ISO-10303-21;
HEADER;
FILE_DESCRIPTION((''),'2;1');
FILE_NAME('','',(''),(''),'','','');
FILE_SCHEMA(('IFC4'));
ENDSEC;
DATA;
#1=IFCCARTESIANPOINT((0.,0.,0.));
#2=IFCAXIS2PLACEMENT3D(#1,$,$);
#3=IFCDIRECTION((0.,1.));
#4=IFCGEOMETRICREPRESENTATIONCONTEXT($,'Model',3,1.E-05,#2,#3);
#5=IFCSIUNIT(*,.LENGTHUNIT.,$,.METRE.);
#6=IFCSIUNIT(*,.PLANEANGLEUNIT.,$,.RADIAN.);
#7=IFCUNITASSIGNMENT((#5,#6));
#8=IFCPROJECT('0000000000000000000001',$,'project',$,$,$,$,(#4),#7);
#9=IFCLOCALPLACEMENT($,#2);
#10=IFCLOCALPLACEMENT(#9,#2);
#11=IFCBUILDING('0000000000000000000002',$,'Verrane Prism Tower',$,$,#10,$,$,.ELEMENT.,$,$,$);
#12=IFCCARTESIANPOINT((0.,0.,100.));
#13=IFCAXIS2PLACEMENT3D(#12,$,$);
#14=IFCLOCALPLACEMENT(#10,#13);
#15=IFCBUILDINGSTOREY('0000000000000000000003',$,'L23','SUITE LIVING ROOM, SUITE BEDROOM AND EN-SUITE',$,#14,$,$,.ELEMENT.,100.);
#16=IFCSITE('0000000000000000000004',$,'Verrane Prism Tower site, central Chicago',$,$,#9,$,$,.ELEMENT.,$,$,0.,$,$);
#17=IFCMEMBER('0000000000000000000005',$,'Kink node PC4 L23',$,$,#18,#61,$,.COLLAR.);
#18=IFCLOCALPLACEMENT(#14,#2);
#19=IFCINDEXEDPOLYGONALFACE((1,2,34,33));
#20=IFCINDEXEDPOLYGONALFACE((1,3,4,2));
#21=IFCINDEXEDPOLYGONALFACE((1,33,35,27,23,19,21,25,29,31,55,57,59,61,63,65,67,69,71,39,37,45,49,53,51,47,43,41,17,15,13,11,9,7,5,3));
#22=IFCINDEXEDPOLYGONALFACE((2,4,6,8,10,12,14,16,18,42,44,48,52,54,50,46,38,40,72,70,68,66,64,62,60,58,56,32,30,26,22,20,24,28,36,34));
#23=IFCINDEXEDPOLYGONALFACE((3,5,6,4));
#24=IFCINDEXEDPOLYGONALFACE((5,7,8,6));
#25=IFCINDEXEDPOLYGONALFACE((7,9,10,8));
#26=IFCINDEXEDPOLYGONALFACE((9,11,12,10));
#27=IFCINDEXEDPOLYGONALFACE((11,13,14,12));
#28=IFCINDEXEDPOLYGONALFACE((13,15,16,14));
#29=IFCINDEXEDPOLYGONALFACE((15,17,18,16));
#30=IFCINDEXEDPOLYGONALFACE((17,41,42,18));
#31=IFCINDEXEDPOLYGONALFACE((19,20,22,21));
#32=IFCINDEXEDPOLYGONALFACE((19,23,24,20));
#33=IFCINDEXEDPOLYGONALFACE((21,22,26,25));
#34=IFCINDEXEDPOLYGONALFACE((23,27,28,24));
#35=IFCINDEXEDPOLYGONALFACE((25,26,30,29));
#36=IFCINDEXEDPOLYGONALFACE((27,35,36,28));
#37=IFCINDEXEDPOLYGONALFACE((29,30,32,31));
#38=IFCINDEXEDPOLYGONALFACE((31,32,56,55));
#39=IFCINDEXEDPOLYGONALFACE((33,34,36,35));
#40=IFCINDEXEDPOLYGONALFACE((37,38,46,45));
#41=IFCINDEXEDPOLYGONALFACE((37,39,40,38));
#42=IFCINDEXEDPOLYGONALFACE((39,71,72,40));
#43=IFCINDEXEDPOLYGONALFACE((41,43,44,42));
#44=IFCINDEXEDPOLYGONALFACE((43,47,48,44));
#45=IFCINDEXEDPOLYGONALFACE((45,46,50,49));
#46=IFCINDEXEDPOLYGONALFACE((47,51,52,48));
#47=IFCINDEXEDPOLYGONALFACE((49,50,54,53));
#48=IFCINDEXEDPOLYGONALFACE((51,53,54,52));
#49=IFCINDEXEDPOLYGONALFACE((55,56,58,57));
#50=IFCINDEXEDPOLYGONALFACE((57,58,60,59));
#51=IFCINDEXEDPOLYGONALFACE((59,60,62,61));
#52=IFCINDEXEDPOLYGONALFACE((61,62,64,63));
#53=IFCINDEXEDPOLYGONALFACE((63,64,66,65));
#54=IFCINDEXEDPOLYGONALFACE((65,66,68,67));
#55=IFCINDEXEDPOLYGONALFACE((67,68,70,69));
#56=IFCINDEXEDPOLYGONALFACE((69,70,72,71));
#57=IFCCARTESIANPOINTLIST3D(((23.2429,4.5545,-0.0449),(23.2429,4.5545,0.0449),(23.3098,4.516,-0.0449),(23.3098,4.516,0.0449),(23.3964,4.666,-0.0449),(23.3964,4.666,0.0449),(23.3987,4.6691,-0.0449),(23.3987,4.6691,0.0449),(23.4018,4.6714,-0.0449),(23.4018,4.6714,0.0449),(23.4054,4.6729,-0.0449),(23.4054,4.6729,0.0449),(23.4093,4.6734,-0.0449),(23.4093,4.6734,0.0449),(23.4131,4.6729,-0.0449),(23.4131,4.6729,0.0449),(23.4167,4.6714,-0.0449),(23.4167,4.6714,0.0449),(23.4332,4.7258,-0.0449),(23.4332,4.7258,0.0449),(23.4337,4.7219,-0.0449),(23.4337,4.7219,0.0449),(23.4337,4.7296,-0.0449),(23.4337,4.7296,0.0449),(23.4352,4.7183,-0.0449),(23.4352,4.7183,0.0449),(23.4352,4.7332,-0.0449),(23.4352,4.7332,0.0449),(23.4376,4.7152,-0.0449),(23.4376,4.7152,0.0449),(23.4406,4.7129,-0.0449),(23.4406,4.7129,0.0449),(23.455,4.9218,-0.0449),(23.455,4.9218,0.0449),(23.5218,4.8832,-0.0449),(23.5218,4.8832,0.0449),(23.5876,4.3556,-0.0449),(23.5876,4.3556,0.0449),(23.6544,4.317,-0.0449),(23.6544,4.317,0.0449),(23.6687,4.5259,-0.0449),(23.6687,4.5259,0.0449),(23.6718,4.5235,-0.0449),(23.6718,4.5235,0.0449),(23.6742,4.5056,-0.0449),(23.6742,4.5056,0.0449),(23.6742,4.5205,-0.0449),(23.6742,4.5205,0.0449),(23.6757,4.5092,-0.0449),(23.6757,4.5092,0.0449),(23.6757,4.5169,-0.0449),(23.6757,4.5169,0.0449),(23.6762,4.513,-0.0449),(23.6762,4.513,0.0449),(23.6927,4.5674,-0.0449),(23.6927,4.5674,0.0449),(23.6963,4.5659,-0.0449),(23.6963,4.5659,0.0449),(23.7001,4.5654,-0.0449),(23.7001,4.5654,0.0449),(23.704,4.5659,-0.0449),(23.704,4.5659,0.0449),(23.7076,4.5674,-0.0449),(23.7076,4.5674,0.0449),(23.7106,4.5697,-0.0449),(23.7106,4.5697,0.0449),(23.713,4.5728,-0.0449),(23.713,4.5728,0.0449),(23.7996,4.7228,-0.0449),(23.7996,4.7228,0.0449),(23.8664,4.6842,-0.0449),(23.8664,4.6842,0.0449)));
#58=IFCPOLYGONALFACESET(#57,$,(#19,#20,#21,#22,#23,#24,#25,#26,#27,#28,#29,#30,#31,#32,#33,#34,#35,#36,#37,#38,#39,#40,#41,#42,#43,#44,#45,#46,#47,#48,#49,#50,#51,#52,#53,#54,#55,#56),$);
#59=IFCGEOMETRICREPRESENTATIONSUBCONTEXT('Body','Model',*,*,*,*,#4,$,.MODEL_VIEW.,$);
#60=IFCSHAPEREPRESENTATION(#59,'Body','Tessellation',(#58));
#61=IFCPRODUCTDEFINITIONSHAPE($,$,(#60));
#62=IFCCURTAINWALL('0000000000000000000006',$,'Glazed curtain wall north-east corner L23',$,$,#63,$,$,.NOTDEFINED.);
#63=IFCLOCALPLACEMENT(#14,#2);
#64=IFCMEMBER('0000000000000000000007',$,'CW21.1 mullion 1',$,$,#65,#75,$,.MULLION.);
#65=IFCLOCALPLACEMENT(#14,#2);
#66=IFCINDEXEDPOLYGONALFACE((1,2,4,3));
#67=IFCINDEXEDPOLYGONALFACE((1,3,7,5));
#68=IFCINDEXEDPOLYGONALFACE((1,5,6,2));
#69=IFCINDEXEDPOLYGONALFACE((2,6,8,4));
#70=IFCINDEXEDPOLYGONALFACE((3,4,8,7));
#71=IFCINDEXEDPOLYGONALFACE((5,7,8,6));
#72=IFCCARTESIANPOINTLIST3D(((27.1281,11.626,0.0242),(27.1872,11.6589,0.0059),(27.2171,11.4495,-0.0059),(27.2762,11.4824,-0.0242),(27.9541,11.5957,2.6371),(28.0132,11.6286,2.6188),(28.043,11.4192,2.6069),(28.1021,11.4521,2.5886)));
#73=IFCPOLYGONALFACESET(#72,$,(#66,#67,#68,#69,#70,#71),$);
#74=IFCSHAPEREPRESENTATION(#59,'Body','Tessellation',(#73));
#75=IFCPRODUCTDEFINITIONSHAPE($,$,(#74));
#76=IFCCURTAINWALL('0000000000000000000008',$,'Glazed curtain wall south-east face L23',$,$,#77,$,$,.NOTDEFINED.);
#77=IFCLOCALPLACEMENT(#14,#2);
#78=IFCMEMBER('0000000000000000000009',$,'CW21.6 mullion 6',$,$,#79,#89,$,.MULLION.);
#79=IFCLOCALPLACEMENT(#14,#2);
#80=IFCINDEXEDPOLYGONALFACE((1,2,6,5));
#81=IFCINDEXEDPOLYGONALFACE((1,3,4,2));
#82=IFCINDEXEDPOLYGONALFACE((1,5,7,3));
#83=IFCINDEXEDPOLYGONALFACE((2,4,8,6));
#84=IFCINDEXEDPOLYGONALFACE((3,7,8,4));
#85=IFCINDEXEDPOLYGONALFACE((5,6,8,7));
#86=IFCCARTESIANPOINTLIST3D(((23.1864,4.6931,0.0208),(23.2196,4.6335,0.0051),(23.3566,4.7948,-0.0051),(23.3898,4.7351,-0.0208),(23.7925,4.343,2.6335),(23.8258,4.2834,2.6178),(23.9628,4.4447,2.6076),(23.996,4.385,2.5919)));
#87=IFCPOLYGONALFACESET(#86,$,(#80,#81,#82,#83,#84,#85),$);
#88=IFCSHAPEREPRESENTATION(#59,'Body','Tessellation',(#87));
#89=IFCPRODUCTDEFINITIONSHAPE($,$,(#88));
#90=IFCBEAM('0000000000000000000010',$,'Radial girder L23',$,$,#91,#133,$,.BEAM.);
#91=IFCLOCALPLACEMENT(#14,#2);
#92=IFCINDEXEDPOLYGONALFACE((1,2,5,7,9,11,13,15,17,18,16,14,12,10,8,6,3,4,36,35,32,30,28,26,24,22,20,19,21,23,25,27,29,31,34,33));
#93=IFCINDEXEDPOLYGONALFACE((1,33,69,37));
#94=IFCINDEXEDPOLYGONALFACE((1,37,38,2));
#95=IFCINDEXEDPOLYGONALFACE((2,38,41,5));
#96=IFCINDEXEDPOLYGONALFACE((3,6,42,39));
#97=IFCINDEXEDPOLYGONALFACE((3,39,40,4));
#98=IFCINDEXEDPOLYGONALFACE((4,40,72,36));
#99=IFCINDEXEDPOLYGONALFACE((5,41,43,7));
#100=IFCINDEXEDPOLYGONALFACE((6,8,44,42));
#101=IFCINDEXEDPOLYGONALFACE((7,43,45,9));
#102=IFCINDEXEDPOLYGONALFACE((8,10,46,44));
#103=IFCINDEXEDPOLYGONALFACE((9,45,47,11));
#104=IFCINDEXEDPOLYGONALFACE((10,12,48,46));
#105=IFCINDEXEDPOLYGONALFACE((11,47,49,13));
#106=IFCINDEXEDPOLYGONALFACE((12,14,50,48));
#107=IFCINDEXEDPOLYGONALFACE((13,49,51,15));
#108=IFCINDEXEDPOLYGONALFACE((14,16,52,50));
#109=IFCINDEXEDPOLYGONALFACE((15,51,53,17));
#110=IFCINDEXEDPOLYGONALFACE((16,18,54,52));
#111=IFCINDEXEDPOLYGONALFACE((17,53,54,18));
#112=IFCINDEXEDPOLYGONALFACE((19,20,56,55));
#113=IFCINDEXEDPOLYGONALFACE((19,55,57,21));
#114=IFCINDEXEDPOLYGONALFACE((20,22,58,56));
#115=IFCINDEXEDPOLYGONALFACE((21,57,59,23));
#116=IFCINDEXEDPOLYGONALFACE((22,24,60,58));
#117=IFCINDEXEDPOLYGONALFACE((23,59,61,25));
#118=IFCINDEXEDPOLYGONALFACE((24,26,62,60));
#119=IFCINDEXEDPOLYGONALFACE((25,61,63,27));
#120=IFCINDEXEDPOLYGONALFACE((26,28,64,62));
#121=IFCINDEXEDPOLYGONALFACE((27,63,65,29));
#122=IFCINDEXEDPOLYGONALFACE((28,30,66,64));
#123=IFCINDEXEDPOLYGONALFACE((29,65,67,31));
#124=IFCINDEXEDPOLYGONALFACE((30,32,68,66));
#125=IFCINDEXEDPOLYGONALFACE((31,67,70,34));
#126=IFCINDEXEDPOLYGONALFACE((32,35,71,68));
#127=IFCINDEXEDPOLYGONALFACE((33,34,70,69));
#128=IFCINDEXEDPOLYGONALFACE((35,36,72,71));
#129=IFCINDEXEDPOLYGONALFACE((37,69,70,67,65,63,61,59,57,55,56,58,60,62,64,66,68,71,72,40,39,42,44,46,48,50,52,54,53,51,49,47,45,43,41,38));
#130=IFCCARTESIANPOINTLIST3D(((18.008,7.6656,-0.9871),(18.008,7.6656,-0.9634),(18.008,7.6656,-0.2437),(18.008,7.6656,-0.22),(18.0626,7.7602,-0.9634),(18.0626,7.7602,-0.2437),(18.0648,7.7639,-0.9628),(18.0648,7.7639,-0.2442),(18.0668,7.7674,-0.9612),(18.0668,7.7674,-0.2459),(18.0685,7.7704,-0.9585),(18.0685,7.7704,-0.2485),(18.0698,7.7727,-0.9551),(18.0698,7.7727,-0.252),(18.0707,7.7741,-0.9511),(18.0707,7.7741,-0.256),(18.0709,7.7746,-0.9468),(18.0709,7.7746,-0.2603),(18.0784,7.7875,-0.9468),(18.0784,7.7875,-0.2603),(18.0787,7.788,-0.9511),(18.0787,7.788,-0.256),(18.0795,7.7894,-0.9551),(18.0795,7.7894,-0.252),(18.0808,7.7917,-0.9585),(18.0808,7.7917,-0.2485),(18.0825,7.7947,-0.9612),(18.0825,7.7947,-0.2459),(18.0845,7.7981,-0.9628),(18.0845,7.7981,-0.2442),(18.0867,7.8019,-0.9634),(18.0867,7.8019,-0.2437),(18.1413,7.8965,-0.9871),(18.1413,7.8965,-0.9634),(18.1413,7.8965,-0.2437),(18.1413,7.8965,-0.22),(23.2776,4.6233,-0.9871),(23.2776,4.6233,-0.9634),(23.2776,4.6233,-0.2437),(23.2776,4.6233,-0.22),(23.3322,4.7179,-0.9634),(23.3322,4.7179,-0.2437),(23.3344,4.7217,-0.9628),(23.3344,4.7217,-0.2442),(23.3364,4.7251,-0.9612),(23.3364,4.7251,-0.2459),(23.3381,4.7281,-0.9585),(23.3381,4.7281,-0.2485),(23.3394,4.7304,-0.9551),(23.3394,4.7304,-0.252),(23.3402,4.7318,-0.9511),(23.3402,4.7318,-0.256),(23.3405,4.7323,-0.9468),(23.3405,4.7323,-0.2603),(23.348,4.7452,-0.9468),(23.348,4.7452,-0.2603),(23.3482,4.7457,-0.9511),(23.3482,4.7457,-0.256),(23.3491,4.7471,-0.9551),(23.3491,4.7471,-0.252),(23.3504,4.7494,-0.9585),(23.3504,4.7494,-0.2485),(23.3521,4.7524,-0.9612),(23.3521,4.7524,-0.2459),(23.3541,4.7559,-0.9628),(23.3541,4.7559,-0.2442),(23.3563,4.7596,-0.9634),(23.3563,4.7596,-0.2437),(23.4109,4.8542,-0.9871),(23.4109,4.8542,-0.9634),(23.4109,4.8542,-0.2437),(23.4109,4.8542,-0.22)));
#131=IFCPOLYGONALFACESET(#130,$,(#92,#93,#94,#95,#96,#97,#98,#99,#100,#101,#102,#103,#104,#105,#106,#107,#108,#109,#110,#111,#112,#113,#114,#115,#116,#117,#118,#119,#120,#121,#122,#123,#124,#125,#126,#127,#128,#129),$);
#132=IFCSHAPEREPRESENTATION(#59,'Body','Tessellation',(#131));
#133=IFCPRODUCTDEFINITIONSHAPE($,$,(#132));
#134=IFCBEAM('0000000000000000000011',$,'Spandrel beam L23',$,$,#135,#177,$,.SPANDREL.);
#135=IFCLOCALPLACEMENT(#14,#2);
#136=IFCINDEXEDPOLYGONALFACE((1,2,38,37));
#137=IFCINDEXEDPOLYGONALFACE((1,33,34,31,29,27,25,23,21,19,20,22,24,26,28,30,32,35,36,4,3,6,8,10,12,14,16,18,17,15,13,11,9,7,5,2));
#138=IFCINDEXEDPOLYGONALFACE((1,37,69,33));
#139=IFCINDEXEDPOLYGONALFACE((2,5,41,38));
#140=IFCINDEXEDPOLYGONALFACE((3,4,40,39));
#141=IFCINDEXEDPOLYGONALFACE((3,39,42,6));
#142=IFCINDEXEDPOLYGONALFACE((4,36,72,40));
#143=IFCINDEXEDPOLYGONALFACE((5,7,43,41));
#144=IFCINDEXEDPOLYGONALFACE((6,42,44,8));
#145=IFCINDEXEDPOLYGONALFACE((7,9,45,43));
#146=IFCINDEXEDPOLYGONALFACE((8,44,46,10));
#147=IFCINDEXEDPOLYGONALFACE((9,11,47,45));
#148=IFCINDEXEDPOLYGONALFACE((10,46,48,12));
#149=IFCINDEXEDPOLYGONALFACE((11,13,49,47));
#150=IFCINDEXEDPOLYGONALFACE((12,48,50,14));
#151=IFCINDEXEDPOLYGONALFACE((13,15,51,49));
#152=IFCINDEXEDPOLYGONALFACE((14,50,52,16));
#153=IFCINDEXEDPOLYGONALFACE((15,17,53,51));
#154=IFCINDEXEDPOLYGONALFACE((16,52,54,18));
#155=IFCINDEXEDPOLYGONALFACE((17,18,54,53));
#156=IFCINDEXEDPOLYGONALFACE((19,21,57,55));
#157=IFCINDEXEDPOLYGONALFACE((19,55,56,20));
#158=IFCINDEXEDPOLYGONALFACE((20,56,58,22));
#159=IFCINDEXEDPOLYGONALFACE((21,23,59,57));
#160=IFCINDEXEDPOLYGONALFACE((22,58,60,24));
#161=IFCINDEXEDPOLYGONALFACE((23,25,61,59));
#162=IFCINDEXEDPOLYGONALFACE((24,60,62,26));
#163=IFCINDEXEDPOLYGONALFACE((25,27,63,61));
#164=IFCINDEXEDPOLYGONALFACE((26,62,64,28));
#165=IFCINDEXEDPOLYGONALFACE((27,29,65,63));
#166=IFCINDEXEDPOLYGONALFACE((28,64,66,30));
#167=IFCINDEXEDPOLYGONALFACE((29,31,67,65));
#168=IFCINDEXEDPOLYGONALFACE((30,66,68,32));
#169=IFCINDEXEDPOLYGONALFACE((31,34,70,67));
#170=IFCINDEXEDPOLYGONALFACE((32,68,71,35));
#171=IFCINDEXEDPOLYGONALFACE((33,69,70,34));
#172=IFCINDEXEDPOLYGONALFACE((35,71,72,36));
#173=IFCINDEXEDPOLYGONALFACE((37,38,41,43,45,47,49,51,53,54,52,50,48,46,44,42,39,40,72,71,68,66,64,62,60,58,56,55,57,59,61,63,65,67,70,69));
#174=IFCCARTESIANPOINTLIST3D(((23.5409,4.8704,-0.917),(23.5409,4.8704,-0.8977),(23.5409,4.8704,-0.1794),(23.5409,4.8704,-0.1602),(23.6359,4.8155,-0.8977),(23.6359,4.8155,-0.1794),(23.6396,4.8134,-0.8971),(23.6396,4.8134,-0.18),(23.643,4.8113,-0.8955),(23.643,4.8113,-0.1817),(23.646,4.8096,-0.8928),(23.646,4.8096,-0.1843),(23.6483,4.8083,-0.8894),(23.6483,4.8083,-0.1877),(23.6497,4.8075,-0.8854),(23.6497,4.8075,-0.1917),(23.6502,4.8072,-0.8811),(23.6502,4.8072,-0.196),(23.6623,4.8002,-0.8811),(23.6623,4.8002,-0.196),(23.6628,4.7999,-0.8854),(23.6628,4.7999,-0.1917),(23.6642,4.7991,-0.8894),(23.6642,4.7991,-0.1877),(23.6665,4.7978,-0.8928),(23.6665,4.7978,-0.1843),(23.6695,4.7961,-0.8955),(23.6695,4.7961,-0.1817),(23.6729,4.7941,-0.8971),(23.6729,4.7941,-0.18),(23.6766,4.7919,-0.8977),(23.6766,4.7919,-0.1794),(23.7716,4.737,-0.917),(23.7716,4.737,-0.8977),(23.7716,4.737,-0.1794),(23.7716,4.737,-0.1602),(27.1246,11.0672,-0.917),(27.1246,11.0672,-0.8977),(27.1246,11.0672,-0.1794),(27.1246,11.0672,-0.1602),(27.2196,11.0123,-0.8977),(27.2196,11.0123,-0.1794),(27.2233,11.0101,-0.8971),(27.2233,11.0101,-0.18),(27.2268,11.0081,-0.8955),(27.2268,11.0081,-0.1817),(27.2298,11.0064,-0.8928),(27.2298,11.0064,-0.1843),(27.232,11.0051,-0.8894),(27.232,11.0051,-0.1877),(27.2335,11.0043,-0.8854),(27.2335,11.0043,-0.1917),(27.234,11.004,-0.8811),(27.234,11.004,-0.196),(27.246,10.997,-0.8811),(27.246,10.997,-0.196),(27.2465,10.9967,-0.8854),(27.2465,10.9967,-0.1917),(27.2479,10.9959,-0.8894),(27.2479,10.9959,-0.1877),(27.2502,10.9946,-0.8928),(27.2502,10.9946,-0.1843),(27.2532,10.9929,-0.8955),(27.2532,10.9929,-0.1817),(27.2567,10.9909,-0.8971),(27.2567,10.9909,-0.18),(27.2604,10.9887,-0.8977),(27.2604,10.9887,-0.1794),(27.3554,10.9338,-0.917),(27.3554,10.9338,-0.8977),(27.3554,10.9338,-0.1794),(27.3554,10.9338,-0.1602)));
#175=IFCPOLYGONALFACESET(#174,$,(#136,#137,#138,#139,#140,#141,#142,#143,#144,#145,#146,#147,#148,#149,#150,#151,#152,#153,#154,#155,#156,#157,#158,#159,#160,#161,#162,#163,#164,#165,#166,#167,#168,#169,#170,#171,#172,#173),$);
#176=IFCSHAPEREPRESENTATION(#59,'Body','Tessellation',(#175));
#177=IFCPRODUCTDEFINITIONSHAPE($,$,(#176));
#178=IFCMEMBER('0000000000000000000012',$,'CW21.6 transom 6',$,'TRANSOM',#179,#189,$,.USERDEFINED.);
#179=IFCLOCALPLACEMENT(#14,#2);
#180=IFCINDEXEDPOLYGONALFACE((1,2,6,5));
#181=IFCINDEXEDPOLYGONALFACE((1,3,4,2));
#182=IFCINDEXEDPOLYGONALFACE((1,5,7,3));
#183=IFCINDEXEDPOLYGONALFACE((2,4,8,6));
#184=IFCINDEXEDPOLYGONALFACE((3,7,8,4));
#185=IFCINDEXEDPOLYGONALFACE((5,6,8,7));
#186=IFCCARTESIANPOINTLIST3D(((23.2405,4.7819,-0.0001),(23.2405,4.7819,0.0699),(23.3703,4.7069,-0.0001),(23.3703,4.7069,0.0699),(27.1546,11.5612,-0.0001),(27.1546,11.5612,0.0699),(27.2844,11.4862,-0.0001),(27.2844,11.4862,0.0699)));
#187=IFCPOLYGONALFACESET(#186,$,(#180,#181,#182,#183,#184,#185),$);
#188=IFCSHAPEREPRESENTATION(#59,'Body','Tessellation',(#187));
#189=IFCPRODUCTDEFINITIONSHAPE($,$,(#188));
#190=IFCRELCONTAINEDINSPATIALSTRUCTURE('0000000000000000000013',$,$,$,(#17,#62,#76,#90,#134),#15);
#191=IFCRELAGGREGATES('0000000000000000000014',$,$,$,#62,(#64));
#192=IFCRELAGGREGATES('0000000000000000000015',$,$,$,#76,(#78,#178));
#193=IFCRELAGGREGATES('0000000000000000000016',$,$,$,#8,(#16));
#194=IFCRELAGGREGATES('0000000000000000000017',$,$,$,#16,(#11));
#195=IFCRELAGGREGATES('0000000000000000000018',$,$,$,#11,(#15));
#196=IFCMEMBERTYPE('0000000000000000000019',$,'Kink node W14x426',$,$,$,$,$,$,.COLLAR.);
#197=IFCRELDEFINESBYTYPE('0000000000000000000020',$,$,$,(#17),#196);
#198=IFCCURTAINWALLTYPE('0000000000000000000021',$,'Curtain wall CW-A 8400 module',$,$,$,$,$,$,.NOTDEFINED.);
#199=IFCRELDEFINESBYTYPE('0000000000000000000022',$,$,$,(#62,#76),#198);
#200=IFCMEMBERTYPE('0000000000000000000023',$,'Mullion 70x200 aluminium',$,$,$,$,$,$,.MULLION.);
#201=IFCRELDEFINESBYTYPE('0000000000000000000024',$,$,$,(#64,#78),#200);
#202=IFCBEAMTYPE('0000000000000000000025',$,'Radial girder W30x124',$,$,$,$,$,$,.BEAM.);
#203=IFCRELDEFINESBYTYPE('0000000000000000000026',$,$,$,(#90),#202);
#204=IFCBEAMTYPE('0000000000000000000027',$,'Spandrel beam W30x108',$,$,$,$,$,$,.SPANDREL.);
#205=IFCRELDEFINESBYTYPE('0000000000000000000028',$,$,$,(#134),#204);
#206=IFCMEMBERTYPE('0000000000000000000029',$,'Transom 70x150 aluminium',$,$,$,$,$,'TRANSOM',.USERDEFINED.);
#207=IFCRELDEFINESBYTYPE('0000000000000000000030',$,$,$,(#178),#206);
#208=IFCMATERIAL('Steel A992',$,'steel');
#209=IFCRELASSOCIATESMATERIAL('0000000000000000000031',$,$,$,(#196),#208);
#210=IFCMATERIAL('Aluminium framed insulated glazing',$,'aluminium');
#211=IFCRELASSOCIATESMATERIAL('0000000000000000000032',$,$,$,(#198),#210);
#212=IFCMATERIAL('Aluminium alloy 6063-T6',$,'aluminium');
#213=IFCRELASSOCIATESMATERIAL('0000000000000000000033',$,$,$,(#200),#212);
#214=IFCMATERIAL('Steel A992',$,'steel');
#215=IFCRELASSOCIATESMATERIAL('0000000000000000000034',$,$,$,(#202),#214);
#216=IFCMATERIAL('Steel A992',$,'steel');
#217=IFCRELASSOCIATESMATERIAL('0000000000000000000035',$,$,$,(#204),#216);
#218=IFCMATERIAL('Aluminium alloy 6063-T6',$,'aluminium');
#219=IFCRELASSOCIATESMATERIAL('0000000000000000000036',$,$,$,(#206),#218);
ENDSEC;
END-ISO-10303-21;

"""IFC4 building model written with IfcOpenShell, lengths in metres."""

from ifc_helpers import new_model, si_unit, direction, frame, origin, origin_2d, place, context, subcontext, project, spatial, rectangle, i_section, extrude, material, material_profile, profile_set, type_object, element, aggregate, save


model = new_model("IFC4")

# Units and contexts
model_context = context("Model", 3, precision=1e-05, world=origin(), true_north=direction((0.0, 1.0)))
body_context = subcontext(model_context, "Body", "Model", "MODEL_VIEW")
ifc_project = project(units=[si_unit("LENGTHUNIT", "METRE"), si_unit("PLANEANGLEUNIT", "RADIAN")], contexts=[model_context])

# Site, building, storey
site_placement = place(None, origin())
site = spatial("IfcSite", under=ifc_project, at=site_placement, Name="Verrane Prism Tower site, central Chicago", CompositionType="ELEMENT", RefElevation=0.0)
building_placement = place(site_placement, origin())
building = spatial("IfcBuilding", under=site, at=building_placement, Name="Verrane Prism Tower", CompositionType="ELEMENT")
storey_placement = place(building_placement, frame((0.0, 0.0, 100.0)))
storey = spatial("IfcBuildingStorey", under=building, at=storey_placement, Name="L23", Description="SUITE LIVING ROOM, SUITE BEDROOM AND EN-SUITE", CompositionType="ELEMENT", Elevation=100.0)

# Member
ifc_material_1 = material(Name="Steel A992", Category="steel")
ifc_material_profile_1 = material_profile(ifc_material_1, i_section(OverallWidth=0.4241, OverallDepth=0.4751, WebThickness=0.0479, FlangeThickness=0.0771, FilletRadius=0.0149, at=origin_2d()), Name="W14x426")
ifc_profile_set_1 = profile_set([ifc_material_profile_1], Name="Steel A992")
member_type_1 = type_object("IfcMemberType", Name="Kink node W14x426", PredefinedType="COLLAR", material=ifc_profile_set_1)
member_1_placement = place(storey_placement, frame((23.5547, 4.6194, -0.0449), z_axis=(0.0, 0.0, 1.0), x_axis=(-0.5, -0.866025, 0.0)))
element("IfcMember", 1, at=member_1_placement, inside=storey, type_object=member_type_1, Name="Kink node PC4 L23", PredefinedType="COLLAR", context=body_context, shape_type="SweptSolid", body=[
    extrude(i_section(OverallWidth=0.4241, OverallDepth=0.4751, WebThickness=0.0479, FlangeThickness=0.0771, FilletRadius=0.0149, at=origin_2d()), origin(), (0.0, 0.0, 1.0), 0.0898),
])

# Curtain walls, members
ifc_material_2 = material(Name="Aluminium framed insulated glazing", Category="aluminium")
curtain_wall_type = type_object("IfcCurtainWallType", Name="Curtain wall CW-A 8400 module", PredefinedType="NOTDEFINED", material=ifc_material_2)
curtain_wall_1_placement = place(storey_placement, origin())
curtain_wall_1 = element("IfcCurtainWall", 2, at=curtain_wall_1_placement, inside=storey, type_object=curtain_wall_type, Name="Glazed curtain wall north-east corner L23", PredefinedType="NOTDEFINED")
ifc_material_3 = material(Name="Aluminium alloy 6063-T6", Category="aluminium")
ifc_material_profile_2 = material_profile(ifc_material_3, rectangle(XDim=0.2, YDim=0.0701, at=origin_2d()), Name="Mullion 70x200 aluminium")
ifc_profile_set_2 = profile_set([ifc_material_profile_2], Name="Aluminium alloy 6063-T6")
member_type_2 = type_object("IfcMemberType", Name="Mullion 70x200 aluminium", PredefinedType="MULLION", material=ifc_profile_set_2)
member_2_placement = place(storey_placement, frame((27.2021, 11.5542, 0.0), z_axis=(0.30139, -0.011047, 0.953437), x_axis=(0.444675, -0.882907, -0.150796)))
member_2 = element("IfcMember", 3, at=member_2_placement, type_object=member_type_2, Name="CW21.1 mullion 1", PredefinedType="MULLION", context=body_context, shape_type="SweptSolid", body=[
    extrude(rectangle(XDim=0.2, YDim=0.0701, at=origin_2d()), origin(), (0.0, 0.0, 1.0), 2.7405),
])
aggregate(curtain_wall_1, [member_2])
curtain_wall_2_placement = place(storey_placement, origin())
curtain_wall_2 = element("IfcCurtainWall", 4, at=curtain_wall_2_placement, inside=storey, type_object=curtain_wall_type, Name="Glazed curtain wall south-east face L23", PredefinedType="NOTDEFINED")
member_3_placement = place(storey_placement, frame((23.2881, 4.7141, 0.0), z_axis=(0.224108, -0.129429, 0.965931), x_axis=(-0.851341, -0.508405, 0.129399)))
member_3 = element("IfcMember", 5, at=member_3_placement, type_object=member_type_2, Name="CW21.6 mullion 6", PredefinedType="MULLION", context=body_context, shape_type="SweptSolid", body=[
    extrude(rectangle(XDim=0.2, YDim=0.0701, at=origin_2d()), origin(), (0.0, 0.0, 1.0), 2.7048),
])

# Beams
ifc_material_4 = material(Name="Steel A992", Category="steel")
ifc_material_profile_3 = material_profile(ifc_material_4, i_section(OverallWidth=0.2666, OverallDepth=0.7671, WebThickness=0.0149, FlangeThickness=0.0237, FilletRadius=0.0166, at=origin_2d()), Name="W30x124")
ifc_profile_set_3 = profile_set([ifc_material_profile_3], Name="Steel A992")
beam_type_1 = type_object("IfcBeamType", Name="Radial girder W30x124", PredefinedType="BEAM", material=ifc_profile_set_3)
beam_1_placement = place(storey_placement, frame((23.3442, 4.7388, -0.6035), z_axis=(-0.866035, 0.499984, 0.0), x_axis=(-0.499984, -0.866035, 0.0)))
element("IfcBeam", 6, at=beam_1_placement, inside=storey, type_object=beam_type_1, Name="Radial girder L23", PredefinedType="BEAM", context=body_context, shape_type="SweptSolid", body=[
    extrude(i_section(OverallWidth=0.2666, OverallDepth=0.7671, WebThickness=0.0149, FlangeThickness=0.0237, FilletRadius=0.0166, at=origin_2d()), origin(), (0.0, 0.0, 1.0), 6.0847),
])
ifc_material_5 = material(Name="Steel A992", Category="steel")
ifc_material_profile_4 = material_profile(ifc_material_5, i_section(OverallWidth=0.2666, OverallDepth=0.7568, WebThickness=0.0139, FlangeThickness=0.0193, FilletRadius=0.0166, at=origin_2d()), Name="W30x108")
ifc_profile_set_4 = profile_set([ifc_material_profile_4], Name="Steel A992")
beam_type_2 = type_object("IfcBeamType", Name="Spandrel beam W30x108", PredefinedType="SPANDREL", material=ifc_profile_set_4)
beam_2_placement = place(storey_placement, frame((23.6562, 4.8037, -0.5386), z_axis=(0.500632, 0.86566, 0.0), x_axis=(-0.86566, 0.500632, 0.0)))
element("IfcBeam", 7, at=beam_2_placement, inside=storey, type_object=beam_type_2, Name="Spandrel beam L23", PredefinedType="SPANDREL", context=body_context, shape_type="SweptSolid", body=[
    extrude(i_section(OverallWidth=0.2666, OverallDepth=0.7568, WebThickness=0.0139, FlangeThickness=0.0193, FilletRadius=0.0166, at=origin_2d()), origin(), (0.0, 0.0, 1.0), 7.1584),
])

# Member
ifc_material_6 = material(Name="Aluminium alloy 6063-T6", Category="aluminium")
ifc_material_profile_5 = material_profile(ifc_material_6, rectangle(XDim=0.1499, YDim=0.0701, at=origin_2d()), Name="Transom 70x150 aluminium")
ifc_profile_set_5 = profile_set([ifc_material_profile_5], Name="Aluminium alloy 6063-T6")
member_type_3 = type_object("IfcMemberType", Name="Transom 70x150 aluminium", ElementType="TRANSOM", PredefinedType="USERDEFINED", material=ifc_profile_set_5)
member_4_placement = place(storey_placement, frame((23.3054, 4.7444, 0.0349), z_axis=(0.500003, 0.866024, 0.0), x_axis=(-0.866024, 0.500003, 0.0)))
member_4 = element("IfcMember", 8, at=member_4_placement, type_object=member_type_3, Name="CW21.6 transom 6", ObjectType="TRANSOM", PredefinedType="USERDEFINED", context=body_context, shape_type="SweptSolid", body=[
    extrude(rectangle(XDim=0.1499, YDim=0.0701, at=origin_2d()), origin(), (0.0, 0.0, 1.0), 7.8281),
])

aggregate(curtain_wall_2, [member_3, member_4])

save(model, "model.ifc")
